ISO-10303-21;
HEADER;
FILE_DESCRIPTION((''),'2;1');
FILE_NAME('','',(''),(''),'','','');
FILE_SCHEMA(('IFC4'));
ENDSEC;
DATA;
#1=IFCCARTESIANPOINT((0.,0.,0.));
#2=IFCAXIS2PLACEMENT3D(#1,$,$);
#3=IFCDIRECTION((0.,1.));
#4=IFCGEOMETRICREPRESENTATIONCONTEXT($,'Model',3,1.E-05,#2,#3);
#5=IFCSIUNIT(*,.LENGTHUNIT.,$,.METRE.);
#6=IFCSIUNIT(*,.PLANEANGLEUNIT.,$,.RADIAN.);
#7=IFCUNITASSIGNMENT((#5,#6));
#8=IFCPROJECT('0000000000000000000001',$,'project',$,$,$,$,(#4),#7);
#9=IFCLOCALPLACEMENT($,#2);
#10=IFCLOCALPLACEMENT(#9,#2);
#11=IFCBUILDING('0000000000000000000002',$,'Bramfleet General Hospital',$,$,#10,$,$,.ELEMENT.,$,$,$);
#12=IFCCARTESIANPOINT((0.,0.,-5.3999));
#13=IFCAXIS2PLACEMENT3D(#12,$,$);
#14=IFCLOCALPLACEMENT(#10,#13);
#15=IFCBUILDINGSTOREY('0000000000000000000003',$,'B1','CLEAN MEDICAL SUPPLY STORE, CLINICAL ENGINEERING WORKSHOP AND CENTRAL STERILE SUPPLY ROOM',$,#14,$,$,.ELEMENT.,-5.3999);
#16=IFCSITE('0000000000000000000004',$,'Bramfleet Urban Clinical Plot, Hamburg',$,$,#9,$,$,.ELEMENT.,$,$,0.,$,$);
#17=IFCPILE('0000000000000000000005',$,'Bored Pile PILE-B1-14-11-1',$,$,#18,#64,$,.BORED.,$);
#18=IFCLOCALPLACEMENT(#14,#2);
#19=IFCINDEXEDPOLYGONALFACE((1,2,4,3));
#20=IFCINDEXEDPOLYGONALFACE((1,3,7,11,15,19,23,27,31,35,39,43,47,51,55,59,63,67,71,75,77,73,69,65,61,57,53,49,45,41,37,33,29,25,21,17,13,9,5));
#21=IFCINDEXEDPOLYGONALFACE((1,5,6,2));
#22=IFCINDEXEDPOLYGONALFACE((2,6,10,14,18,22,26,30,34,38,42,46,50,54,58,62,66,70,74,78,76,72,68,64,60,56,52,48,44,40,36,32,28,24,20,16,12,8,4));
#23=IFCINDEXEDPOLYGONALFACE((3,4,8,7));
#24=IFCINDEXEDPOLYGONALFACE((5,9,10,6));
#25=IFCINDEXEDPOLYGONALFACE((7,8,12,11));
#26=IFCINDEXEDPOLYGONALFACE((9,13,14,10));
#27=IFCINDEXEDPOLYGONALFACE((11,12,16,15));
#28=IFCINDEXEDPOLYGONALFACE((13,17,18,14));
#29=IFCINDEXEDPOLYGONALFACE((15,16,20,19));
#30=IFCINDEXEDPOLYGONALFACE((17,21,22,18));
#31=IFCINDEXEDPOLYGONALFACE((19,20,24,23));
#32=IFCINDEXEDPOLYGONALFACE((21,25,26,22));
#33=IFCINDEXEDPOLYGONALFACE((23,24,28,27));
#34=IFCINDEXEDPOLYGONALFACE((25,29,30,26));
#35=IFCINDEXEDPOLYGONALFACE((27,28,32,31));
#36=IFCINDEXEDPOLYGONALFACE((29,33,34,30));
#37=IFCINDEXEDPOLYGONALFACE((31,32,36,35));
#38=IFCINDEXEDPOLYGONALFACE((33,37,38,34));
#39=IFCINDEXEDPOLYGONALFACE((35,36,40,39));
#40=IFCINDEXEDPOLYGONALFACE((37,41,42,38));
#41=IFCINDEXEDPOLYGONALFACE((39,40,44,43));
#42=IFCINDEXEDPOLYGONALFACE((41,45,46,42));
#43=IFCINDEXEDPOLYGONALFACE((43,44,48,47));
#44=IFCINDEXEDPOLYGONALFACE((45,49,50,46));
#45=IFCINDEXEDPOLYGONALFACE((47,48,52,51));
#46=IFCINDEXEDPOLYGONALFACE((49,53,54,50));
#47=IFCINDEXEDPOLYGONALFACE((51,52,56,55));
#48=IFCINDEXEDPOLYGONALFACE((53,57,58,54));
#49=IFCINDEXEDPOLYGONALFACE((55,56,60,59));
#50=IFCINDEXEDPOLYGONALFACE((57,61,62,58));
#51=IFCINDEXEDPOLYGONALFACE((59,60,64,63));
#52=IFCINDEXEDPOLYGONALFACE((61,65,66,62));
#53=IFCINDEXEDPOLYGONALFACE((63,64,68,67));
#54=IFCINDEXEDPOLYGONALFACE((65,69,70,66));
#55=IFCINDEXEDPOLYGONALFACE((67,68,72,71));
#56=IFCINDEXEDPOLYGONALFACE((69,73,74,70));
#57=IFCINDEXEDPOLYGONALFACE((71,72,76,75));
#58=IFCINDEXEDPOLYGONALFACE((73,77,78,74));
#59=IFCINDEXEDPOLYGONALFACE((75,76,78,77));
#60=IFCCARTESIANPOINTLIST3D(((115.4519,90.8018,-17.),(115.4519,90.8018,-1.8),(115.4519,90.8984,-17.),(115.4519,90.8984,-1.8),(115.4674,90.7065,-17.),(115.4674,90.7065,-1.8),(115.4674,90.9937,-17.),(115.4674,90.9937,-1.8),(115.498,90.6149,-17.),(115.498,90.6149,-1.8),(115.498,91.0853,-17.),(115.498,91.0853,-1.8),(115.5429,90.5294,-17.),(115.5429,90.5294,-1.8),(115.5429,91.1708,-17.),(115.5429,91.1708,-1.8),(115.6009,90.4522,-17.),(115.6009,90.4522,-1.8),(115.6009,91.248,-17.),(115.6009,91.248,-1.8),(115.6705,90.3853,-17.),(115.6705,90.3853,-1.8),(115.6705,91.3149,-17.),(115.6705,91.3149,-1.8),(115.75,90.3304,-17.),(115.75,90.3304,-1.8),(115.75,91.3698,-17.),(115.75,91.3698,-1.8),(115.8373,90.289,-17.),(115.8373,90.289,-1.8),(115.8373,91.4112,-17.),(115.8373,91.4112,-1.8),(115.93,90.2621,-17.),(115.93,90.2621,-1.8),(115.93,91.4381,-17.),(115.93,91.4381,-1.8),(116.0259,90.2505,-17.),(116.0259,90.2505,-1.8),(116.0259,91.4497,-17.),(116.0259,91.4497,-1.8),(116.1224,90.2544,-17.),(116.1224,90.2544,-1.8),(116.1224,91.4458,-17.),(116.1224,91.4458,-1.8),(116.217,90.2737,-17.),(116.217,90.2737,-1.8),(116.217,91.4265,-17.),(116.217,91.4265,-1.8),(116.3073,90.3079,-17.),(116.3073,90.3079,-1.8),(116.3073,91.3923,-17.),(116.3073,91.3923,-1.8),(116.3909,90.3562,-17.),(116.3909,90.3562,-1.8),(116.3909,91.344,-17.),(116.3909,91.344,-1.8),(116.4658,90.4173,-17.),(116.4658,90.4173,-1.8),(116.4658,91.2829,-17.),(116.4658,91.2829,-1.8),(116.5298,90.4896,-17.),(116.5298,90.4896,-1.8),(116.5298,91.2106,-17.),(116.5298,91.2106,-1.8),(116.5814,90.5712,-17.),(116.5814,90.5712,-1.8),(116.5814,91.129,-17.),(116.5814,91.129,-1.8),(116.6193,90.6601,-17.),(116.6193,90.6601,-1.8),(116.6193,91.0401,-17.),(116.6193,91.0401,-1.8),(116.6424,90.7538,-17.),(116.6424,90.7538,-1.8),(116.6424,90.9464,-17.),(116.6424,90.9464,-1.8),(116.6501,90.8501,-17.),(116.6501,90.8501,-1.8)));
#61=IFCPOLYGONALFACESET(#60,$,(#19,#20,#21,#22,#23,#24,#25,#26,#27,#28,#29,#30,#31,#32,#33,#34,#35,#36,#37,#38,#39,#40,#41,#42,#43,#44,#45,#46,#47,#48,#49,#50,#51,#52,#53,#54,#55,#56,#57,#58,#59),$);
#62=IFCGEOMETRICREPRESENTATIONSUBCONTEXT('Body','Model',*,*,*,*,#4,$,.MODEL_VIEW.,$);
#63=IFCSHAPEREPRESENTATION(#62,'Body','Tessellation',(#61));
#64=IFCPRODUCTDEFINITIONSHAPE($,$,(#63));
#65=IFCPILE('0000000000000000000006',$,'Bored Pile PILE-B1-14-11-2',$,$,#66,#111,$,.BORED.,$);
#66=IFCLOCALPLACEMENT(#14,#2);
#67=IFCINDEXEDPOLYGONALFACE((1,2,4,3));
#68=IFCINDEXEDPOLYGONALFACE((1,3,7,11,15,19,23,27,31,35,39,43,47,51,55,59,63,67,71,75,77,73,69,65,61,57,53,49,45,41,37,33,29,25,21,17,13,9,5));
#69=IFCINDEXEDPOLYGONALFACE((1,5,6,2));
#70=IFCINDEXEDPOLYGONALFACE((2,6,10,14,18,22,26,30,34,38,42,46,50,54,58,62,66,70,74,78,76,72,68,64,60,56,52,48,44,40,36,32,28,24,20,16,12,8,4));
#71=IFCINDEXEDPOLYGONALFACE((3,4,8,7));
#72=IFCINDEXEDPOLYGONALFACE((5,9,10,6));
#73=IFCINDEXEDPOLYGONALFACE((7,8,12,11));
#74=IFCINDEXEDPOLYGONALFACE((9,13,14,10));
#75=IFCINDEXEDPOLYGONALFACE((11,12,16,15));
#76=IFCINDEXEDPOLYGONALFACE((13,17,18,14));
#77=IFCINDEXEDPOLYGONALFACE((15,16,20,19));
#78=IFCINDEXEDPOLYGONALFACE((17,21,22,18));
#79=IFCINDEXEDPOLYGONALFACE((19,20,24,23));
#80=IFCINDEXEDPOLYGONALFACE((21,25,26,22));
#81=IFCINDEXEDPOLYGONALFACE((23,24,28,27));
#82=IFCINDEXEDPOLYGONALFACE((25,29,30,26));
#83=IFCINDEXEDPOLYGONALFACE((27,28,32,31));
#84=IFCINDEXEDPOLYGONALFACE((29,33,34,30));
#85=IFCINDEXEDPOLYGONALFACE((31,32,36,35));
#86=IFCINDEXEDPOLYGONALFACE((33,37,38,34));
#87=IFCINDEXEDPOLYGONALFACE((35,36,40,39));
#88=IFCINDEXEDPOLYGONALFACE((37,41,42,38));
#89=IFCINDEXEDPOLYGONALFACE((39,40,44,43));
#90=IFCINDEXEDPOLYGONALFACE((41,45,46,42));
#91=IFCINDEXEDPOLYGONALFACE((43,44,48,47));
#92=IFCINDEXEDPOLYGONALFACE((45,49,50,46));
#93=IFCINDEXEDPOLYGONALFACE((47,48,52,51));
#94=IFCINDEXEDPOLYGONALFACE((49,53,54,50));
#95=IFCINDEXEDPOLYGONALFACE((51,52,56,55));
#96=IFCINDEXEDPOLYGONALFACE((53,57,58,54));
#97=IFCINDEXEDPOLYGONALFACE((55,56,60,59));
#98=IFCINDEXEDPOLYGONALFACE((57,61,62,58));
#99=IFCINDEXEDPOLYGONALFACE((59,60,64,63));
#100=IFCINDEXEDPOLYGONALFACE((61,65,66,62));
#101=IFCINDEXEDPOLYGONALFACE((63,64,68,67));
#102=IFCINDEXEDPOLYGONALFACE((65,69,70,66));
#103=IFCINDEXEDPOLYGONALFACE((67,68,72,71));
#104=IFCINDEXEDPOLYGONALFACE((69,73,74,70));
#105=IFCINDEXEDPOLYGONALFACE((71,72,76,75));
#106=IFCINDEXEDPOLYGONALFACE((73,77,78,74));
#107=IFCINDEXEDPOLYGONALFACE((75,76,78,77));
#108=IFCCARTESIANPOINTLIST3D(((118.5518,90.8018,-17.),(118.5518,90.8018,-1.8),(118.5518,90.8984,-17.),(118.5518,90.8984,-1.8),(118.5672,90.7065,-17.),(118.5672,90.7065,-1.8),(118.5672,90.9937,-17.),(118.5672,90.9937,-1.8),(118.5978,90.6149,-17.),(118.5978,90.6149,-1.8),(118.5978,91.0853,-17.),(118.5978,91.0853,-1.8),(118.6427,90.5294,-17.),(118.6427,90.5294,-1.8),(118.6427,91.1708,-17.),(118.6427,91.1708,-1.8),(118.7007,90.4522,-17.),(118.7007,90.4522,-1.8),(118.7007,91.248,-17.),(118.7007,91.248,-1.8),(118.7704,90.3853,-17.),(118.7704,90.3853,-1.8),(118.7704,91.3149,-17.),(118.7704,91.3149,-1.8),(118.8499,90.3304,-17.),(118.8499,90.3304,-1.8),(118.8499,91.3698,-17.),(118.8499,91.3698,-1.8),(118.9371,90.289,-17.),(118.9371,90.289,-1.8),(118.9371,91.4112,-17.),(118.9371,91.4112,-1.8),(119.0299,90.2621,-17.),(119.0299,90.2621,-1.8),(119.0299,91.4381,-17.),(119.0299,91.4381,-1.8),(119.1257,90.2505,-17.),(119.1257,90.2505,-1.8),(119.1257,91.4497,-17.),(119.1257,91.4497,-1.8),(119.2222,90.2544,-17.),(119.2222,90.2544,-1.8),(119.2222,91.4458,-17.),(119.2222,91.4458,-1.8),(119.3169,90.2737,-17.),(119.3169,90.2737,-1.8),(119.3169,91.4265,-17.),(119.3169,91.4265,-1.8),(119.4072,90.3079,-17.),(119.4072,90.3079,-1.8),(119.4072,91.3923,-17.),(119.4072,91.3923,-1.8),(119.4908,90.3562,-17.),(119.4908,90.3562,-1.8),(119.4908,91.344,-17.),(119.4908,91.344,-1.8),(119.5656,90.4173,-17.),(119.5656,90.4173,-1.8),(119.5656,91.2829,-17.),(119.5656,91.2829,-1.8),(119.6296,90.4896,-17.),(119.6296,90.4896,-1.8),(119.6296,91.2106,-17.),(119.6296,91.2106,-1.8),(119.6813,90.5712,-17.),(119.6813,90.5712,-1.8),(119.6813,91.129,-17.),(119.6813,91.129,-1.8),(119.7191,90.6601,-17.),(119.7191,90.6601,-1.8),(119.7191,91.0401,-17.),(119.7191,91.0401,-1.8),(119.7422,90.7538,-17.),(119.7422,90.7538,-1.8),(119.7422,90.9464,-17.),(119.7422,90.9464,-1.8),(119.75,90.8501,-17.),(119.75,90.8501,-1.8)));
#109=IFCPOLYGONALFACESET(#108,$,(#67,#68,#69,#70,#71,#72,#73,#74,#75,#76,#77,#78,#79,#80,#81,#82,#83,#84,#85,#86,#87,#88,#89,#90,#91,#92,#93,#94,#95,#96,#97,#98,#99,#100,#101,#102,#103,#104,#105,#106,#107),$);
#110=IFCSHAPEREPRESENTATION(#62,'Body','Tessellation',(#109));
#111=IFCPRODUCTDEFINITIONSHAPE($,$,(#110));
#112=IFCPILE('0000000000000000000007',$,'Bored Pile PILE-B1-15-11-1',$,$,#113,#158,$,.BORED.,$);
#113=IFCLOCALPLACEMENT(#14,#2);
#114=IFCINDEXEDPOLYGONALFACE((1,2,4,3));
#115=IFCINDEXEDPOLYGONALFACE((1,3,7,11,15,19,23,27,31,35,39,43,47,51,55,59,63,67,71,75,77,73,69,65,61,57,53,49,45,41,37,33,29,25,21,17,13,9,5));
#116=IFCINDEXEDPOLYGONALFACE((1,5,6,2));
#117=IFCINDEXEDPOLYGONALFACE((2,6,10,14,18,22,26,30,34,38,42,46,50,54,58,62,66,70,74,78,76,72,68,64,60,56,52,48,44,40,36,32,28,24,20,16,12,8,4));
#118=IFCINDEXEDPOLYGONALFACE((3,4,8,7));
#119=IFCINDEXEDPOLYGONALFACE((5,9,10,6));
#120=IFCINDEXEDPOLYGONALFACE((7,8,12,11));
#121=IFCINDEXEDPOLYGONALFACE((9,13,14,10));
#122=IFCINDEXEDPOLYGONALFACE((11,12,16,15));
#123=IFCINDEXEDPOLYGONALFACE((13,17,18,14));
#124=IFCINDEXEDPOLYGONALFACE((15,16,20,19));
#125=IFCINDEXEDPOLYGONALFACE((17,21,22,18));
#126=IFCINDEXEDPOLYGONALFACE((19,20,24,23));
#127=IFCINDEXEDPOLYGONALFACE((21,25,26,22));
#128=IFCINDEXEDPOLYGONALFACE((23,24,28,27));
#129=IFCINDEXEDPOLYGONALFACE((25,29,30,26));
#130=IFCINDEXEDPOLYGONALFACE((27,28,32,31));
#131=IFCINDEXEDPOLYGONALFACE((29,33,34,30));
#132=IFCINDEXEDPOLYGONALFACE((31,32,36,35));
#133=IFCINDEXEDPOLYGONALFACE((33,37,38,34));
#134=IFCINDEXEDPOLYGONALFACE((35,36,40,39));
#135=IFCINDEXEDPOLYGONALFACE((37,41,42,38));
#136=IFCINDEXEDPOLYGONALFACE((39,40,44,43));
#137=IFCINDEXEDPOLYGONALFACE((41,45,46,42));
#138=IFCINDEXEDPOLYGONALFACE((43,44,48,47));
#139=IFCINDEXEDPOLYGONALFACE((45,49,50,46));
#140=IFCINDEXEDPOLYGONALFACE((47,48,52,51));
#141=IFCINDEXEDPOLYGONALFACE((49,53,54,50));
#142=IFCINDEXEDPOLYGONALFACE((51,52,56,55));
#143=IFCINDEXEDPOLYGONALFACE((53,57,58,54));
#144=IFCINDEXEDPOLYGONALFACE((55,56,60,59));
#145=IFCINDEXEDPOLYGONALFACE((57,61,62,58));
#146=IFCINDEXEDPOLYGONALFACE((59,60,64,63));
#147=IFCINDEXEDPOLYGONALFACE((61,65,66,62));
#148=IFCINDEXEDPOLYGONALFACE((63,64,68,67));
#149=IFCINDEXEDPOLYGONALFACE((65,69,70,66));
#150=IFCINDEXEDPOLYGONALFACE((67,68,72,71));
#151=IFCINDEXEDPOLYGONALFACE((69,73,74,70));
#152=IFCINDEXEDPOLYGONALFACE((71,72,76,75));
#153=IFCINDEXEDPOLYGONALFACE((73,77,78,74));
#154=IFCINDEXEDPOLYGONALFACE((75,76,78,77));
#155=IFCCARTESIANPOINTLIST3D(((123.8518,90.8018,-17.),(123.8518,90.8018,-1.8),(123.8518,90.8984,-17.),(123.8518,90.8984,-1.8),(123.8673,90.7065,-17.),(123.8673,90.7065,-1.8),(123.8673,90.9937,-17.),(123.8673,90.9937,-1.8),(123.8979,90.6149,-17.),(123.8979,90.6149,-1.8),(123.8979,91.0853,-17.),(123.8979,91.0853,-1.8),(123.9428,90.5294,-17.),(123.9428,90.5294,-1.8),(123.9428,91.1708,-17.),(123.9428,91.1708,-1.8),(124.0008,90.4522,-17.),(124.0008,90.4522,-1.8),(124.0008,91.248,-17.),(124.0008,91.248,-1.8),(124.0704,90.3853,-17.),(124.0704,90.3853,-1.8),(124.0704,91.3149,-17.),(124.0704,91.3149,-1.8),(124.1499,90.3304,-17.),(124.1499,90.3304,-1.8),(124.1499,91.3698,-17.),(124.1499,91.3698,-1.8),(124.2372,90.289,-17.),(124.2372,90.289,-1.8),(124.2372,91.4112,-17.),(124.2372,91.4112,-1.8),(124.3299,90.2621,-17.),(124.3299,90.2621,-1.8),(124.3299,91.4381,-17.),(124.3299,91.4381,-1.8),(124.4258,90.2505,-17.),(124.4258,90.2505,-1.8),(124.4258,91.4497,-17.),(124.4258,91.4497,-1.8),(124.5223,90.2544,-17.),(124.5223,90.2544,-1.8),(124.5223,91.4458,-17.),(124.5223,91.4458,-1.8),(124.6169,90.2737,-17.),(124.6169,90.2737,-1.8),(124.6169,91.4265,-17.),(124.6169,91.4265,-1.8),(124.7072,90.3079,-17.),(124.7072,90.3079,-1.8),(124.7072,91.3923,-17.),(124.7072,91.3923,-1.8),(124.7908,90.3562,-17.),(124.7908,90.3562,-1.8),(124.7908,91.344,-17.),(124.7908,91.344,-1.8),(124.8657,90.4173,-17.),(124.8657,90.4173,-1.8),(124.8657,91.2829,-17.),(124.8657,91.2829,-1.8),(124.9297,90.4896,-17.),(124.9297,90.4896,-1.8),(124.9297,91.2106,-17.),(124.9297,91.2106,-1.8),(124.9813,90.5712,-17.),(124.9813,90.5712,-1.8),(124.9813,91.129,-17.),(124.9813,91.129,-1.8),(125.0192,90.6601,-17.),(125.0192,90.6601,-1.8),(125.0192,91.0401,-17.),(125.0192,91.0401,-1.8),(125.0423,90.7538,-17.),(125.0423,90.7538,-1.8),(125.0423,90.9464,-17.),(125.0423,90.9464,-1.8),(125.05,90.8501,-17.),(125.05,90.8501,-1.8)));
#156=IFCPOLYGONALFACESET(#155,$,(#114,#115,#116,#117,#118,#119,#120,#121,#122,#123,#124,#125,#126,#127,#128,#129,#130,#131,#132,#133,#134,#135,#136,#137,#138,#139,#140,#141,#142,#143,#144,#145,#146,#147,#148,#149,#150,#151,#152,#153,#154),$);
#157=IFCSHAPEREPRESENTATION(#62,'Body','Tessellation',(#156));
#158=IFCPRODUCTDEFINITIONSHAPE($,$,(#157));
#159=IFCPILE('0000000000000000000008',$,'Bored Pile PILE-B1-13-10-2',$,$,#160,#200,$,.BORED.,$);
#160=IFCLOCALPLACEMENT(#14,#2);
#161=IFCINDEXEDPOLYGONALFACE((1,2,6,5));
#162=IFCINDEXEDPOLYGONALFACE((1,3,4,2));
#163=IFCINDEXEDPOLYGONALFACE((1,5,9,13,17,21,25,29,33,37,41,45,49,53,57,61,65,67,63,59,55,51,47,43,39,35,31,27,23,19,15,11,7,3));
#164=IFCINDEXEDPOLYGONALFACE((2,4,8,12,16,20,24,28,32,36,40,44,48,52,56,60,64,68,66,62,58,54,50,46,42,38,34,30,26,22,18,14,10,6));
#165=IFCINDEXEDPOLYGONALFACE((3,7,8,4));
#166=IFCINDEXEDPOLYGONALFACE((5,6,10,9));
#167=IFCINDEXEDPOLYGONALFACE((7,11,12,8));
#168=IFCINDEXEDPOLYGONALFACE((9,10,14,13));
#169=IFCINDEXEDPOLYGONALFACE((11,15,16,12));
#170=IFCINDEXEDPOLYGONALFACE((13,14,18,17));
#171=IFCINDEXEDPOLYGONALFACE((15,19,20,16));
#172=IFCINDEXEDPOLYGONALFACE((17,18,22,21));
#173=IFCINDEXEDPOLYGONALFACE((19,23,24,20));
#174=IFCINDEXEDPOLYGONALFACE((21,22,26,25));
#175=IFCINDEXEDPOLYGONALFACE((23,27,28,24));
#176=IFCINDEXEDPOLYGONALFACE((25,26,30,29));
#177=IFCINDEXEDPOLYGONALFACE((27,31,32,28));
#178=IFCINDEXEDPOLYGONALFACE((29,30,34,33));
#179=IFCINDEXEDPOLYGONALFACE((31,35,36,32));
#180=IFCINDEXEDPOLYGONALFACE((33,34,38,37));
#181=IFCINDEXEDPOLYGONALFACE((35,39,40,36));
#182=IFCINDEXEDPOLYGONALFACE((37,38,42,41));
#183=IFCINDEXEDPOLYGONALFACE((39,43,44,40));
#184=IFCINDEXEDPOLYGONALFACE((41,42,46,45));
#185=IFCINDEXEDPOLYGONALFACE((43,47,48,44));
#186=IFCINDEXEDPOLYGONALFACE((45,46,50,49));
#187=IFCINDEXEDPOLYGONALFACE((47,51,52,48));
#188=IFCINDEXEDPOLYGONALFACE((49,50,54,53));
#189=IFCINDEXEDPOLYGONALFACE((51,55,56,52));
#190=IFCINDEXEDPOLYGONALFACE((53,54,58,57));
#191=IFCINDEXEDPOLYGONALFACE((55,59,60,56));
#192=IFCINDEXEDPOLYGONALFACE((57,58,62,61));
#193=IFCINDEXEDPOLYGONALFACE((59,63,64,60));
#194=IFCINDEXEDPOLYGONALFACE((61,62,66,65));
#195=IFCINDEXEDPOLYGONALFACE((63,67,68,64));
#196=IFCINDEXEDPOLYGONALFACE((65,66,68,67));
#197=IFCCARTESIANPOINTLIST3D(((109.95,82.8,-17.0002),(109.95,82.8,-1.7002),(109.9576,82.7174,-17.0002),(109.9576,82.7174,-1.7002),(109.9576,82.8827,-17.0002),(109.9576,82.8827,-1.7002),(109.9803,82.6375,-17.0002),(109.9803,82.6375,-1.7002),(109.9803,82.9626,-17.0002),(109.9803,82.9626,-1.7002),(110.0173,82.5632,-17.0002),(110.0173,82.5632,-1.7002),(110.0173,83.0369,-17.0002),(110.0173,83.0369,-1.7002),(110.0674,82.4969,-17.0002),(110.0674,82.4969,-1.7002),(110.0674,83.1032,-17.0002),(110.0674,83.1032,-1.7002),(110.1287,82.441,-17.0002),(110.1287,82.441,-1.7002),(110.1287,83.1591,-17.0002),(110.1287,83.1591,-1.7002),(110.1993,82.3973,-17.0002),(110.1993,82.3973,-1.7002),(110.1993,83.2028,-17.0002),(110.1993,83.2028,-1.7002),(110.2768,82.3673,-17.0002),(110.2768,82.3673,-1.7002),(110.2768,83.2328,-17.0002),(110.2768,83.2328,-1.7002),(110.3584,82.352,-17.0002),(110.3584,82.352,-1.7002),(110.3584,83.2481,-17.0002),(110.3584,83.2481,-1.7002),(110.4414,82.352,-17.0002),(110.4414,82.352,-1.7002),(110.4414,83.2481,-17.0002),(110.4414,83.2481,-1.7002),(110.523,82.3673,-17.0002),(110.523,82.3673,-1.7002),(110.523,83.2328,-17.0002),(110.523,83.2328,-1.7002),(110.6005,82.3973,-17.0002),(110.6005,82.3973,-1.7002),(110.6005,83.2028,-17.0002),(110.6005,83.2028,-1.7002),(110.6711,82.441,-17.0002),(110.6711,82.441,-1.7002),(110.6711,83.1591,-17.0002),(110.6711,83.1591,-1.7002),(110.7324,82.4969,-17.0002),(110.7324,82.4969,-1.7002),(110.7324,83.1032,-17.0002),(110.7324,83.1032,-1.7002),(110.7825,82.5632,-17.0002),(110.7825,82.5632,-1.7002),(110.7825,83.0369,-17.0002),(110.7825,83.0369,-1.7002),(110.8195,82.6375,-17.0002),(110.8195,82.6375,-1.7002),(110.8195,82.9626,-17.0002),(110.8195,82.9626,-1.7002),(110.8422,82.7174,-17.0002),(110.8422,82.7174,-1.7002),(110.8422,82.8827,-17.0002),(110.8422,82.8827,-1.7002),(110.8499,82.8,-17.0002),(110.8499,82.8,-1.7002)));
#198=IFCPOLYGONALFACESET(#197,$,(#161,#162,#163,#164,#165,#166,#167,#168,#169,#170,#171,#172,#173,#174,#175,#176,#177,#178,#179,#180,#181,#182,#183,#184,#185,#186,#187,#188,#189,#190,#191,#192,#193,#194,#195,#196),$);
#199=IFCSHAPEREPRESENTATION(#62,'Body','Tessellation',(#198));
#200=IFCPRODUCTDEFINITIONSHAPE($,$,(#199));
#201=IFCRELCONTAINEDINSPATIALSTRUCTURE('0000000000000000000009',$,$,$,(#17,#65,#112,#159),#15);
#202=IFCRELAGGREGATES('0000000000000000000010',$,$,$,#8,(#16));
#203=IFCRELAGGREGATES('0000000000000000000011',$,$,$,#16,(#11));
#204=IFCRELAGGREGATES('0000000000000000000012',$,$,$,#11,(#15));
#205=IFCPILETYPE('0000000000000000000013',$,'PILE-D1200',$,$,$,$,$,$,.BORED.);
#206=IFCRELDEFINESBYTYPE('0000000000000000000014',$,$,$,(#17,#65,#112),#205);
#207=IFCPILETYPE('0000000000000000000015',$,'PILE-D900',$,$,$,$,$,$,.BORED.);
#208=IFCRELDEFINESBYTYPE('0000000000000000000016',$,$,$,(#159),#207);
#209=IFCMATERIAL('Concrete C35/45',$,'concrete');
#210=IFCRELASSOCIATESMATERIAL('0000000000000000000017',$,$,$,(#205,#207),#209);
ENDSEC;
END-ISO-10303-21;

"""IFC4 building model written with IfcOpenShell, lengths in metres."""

from ifc_helpers import new_model, si_unit, direction, frame, origin, origin_2d, place, context, subcontext, project, spatial, circle, extrude, material, material_profile, profile_set, type_object, element, save


model = new_model("IFC4")

# Units and contexts
model_context = context("Model", 3, precision=1e-05, world=origin(), true_north=direction((0.0, 1.0)))
body_context = subcontext(model_context, "Body", "Model", "MODEL_VIEW")
ifc_project = project(units=[si_unit("LENGTHUNIT", "METRE"), si_unit("PLANEANGLEUNIT", "RADIAN")], contexts=[model_context])

# Site, building, storey
site_placement = place(None, origin())
site = spatial("IfcSite", under=ifc_project, at=site_placement, Name="Bramfleet Urban Clinical Plot, Hamburg", CompositionType="ELEMENT", RefElevation=0.0)
building_placement = place(site_placement, origin())
building = spatial("IfcBuilding", under=site, at=building_placement, Name="Bramfleet General Hospital", CompositionType="ELEMENT")
storey_placement = place(building_placement, frame((0.0, 0.0, -5.3999)))
storey = spatial("IfcBuildingStorey", under=building, at=storey_placement, Name="B1", Description="CLEAN MEDICAL SUPPLY STORE, CLINICAL ENGINEERING WORKSHOP AND CENTRAL STERILE SUPPLY ROOM", CompositionType="ELEMENT", Elevation=-5.3999)

# Shared definitions
ifc_material_1 = material(Name="Concrete C35/45", Category="concrete")

# Piles
ifc_material_profile_1 = material_profile(ifc_material_1, circle(Radius=0.6001, at=origin_2d()), Name="PILE BORED D1200")
ifc_profile_set_1 = profile_set([ifc_material_profile_1], Name="Concrete C35/45")
pile_type_1 = type_object("IfcPileType", Name="PILE-D1200", PredefinedType="BORED", material=ifc_profile_set_1)
for number, where, z_axis, x_axis, name in (
    (1, (116.05, 90.8501, -1.8), (0.0, 0.0, -1.0), (1.0, 0.0, 0.0), "Bored Pile PILE-B1-14-11-1"),
    (2, (119.1499, 90.8501, -1.8), (0.0, 0.0, -1.0), (1.0, 0.0, 0.0), "Bored Pile PILE-B1-14-11-2"),
    (3, (124.45, 90.8501, -1.8), (0.0, 0.0, -1.0), (1.0, 0.0, 0.0), "Bored Pile PILE-B1-15-11-1"),
):
    element("IfcPile", number, at=place(storey_placement, frame(where, z_axis=z_axis, x_axis=x_axis)), inside=storey, type_object=pile_type_1, Name=name, PredefinedType="BORED", context=body_context, shape_type="SweptSolid", body=[
        extrude(circle(Radius=0.6001, at=origin_2d()), origin(), (0.0, 0.0, 1.0), 15.2),
    ])
ifc_material_profile_2 = material_profile(ifc_material_1, circle(Radius=0.45, at=origin_2d()), Name="PILE BORED D900")
ifc_profile_set_2 = profile_set([ifc_material_profile_2], Name="Concrete C35/45")
pile_type_2 = type_object("IfcPileType", Name="PILE-D900", PredefinedType="BORED", material=ifc_profile_set_2)
for number, where, z_axis, x_axis, name in (
    (4, (110.3999, 82.8, -1.7002), (0.0, 0.0, -1.0), (1.0, 0.0, 0.0), "Bored Pile PILE-B1-13-10-2"),
):
    element("IfcPile", number, at=place(storey_placement, frame(where, z_axis=z_axis, x_axis=x_axis)), inside=storey, type_object=pile_type_2, Name=name, PredefinedType="BORED", context=body_context, shape_type="SweptSolid", body=[
        extrude(circle(Radius=0.45, at=origin_2d()), origin(), (0.0, 0.0, 1.0), 15.3),
    ])

save(model, "model.ifc")
